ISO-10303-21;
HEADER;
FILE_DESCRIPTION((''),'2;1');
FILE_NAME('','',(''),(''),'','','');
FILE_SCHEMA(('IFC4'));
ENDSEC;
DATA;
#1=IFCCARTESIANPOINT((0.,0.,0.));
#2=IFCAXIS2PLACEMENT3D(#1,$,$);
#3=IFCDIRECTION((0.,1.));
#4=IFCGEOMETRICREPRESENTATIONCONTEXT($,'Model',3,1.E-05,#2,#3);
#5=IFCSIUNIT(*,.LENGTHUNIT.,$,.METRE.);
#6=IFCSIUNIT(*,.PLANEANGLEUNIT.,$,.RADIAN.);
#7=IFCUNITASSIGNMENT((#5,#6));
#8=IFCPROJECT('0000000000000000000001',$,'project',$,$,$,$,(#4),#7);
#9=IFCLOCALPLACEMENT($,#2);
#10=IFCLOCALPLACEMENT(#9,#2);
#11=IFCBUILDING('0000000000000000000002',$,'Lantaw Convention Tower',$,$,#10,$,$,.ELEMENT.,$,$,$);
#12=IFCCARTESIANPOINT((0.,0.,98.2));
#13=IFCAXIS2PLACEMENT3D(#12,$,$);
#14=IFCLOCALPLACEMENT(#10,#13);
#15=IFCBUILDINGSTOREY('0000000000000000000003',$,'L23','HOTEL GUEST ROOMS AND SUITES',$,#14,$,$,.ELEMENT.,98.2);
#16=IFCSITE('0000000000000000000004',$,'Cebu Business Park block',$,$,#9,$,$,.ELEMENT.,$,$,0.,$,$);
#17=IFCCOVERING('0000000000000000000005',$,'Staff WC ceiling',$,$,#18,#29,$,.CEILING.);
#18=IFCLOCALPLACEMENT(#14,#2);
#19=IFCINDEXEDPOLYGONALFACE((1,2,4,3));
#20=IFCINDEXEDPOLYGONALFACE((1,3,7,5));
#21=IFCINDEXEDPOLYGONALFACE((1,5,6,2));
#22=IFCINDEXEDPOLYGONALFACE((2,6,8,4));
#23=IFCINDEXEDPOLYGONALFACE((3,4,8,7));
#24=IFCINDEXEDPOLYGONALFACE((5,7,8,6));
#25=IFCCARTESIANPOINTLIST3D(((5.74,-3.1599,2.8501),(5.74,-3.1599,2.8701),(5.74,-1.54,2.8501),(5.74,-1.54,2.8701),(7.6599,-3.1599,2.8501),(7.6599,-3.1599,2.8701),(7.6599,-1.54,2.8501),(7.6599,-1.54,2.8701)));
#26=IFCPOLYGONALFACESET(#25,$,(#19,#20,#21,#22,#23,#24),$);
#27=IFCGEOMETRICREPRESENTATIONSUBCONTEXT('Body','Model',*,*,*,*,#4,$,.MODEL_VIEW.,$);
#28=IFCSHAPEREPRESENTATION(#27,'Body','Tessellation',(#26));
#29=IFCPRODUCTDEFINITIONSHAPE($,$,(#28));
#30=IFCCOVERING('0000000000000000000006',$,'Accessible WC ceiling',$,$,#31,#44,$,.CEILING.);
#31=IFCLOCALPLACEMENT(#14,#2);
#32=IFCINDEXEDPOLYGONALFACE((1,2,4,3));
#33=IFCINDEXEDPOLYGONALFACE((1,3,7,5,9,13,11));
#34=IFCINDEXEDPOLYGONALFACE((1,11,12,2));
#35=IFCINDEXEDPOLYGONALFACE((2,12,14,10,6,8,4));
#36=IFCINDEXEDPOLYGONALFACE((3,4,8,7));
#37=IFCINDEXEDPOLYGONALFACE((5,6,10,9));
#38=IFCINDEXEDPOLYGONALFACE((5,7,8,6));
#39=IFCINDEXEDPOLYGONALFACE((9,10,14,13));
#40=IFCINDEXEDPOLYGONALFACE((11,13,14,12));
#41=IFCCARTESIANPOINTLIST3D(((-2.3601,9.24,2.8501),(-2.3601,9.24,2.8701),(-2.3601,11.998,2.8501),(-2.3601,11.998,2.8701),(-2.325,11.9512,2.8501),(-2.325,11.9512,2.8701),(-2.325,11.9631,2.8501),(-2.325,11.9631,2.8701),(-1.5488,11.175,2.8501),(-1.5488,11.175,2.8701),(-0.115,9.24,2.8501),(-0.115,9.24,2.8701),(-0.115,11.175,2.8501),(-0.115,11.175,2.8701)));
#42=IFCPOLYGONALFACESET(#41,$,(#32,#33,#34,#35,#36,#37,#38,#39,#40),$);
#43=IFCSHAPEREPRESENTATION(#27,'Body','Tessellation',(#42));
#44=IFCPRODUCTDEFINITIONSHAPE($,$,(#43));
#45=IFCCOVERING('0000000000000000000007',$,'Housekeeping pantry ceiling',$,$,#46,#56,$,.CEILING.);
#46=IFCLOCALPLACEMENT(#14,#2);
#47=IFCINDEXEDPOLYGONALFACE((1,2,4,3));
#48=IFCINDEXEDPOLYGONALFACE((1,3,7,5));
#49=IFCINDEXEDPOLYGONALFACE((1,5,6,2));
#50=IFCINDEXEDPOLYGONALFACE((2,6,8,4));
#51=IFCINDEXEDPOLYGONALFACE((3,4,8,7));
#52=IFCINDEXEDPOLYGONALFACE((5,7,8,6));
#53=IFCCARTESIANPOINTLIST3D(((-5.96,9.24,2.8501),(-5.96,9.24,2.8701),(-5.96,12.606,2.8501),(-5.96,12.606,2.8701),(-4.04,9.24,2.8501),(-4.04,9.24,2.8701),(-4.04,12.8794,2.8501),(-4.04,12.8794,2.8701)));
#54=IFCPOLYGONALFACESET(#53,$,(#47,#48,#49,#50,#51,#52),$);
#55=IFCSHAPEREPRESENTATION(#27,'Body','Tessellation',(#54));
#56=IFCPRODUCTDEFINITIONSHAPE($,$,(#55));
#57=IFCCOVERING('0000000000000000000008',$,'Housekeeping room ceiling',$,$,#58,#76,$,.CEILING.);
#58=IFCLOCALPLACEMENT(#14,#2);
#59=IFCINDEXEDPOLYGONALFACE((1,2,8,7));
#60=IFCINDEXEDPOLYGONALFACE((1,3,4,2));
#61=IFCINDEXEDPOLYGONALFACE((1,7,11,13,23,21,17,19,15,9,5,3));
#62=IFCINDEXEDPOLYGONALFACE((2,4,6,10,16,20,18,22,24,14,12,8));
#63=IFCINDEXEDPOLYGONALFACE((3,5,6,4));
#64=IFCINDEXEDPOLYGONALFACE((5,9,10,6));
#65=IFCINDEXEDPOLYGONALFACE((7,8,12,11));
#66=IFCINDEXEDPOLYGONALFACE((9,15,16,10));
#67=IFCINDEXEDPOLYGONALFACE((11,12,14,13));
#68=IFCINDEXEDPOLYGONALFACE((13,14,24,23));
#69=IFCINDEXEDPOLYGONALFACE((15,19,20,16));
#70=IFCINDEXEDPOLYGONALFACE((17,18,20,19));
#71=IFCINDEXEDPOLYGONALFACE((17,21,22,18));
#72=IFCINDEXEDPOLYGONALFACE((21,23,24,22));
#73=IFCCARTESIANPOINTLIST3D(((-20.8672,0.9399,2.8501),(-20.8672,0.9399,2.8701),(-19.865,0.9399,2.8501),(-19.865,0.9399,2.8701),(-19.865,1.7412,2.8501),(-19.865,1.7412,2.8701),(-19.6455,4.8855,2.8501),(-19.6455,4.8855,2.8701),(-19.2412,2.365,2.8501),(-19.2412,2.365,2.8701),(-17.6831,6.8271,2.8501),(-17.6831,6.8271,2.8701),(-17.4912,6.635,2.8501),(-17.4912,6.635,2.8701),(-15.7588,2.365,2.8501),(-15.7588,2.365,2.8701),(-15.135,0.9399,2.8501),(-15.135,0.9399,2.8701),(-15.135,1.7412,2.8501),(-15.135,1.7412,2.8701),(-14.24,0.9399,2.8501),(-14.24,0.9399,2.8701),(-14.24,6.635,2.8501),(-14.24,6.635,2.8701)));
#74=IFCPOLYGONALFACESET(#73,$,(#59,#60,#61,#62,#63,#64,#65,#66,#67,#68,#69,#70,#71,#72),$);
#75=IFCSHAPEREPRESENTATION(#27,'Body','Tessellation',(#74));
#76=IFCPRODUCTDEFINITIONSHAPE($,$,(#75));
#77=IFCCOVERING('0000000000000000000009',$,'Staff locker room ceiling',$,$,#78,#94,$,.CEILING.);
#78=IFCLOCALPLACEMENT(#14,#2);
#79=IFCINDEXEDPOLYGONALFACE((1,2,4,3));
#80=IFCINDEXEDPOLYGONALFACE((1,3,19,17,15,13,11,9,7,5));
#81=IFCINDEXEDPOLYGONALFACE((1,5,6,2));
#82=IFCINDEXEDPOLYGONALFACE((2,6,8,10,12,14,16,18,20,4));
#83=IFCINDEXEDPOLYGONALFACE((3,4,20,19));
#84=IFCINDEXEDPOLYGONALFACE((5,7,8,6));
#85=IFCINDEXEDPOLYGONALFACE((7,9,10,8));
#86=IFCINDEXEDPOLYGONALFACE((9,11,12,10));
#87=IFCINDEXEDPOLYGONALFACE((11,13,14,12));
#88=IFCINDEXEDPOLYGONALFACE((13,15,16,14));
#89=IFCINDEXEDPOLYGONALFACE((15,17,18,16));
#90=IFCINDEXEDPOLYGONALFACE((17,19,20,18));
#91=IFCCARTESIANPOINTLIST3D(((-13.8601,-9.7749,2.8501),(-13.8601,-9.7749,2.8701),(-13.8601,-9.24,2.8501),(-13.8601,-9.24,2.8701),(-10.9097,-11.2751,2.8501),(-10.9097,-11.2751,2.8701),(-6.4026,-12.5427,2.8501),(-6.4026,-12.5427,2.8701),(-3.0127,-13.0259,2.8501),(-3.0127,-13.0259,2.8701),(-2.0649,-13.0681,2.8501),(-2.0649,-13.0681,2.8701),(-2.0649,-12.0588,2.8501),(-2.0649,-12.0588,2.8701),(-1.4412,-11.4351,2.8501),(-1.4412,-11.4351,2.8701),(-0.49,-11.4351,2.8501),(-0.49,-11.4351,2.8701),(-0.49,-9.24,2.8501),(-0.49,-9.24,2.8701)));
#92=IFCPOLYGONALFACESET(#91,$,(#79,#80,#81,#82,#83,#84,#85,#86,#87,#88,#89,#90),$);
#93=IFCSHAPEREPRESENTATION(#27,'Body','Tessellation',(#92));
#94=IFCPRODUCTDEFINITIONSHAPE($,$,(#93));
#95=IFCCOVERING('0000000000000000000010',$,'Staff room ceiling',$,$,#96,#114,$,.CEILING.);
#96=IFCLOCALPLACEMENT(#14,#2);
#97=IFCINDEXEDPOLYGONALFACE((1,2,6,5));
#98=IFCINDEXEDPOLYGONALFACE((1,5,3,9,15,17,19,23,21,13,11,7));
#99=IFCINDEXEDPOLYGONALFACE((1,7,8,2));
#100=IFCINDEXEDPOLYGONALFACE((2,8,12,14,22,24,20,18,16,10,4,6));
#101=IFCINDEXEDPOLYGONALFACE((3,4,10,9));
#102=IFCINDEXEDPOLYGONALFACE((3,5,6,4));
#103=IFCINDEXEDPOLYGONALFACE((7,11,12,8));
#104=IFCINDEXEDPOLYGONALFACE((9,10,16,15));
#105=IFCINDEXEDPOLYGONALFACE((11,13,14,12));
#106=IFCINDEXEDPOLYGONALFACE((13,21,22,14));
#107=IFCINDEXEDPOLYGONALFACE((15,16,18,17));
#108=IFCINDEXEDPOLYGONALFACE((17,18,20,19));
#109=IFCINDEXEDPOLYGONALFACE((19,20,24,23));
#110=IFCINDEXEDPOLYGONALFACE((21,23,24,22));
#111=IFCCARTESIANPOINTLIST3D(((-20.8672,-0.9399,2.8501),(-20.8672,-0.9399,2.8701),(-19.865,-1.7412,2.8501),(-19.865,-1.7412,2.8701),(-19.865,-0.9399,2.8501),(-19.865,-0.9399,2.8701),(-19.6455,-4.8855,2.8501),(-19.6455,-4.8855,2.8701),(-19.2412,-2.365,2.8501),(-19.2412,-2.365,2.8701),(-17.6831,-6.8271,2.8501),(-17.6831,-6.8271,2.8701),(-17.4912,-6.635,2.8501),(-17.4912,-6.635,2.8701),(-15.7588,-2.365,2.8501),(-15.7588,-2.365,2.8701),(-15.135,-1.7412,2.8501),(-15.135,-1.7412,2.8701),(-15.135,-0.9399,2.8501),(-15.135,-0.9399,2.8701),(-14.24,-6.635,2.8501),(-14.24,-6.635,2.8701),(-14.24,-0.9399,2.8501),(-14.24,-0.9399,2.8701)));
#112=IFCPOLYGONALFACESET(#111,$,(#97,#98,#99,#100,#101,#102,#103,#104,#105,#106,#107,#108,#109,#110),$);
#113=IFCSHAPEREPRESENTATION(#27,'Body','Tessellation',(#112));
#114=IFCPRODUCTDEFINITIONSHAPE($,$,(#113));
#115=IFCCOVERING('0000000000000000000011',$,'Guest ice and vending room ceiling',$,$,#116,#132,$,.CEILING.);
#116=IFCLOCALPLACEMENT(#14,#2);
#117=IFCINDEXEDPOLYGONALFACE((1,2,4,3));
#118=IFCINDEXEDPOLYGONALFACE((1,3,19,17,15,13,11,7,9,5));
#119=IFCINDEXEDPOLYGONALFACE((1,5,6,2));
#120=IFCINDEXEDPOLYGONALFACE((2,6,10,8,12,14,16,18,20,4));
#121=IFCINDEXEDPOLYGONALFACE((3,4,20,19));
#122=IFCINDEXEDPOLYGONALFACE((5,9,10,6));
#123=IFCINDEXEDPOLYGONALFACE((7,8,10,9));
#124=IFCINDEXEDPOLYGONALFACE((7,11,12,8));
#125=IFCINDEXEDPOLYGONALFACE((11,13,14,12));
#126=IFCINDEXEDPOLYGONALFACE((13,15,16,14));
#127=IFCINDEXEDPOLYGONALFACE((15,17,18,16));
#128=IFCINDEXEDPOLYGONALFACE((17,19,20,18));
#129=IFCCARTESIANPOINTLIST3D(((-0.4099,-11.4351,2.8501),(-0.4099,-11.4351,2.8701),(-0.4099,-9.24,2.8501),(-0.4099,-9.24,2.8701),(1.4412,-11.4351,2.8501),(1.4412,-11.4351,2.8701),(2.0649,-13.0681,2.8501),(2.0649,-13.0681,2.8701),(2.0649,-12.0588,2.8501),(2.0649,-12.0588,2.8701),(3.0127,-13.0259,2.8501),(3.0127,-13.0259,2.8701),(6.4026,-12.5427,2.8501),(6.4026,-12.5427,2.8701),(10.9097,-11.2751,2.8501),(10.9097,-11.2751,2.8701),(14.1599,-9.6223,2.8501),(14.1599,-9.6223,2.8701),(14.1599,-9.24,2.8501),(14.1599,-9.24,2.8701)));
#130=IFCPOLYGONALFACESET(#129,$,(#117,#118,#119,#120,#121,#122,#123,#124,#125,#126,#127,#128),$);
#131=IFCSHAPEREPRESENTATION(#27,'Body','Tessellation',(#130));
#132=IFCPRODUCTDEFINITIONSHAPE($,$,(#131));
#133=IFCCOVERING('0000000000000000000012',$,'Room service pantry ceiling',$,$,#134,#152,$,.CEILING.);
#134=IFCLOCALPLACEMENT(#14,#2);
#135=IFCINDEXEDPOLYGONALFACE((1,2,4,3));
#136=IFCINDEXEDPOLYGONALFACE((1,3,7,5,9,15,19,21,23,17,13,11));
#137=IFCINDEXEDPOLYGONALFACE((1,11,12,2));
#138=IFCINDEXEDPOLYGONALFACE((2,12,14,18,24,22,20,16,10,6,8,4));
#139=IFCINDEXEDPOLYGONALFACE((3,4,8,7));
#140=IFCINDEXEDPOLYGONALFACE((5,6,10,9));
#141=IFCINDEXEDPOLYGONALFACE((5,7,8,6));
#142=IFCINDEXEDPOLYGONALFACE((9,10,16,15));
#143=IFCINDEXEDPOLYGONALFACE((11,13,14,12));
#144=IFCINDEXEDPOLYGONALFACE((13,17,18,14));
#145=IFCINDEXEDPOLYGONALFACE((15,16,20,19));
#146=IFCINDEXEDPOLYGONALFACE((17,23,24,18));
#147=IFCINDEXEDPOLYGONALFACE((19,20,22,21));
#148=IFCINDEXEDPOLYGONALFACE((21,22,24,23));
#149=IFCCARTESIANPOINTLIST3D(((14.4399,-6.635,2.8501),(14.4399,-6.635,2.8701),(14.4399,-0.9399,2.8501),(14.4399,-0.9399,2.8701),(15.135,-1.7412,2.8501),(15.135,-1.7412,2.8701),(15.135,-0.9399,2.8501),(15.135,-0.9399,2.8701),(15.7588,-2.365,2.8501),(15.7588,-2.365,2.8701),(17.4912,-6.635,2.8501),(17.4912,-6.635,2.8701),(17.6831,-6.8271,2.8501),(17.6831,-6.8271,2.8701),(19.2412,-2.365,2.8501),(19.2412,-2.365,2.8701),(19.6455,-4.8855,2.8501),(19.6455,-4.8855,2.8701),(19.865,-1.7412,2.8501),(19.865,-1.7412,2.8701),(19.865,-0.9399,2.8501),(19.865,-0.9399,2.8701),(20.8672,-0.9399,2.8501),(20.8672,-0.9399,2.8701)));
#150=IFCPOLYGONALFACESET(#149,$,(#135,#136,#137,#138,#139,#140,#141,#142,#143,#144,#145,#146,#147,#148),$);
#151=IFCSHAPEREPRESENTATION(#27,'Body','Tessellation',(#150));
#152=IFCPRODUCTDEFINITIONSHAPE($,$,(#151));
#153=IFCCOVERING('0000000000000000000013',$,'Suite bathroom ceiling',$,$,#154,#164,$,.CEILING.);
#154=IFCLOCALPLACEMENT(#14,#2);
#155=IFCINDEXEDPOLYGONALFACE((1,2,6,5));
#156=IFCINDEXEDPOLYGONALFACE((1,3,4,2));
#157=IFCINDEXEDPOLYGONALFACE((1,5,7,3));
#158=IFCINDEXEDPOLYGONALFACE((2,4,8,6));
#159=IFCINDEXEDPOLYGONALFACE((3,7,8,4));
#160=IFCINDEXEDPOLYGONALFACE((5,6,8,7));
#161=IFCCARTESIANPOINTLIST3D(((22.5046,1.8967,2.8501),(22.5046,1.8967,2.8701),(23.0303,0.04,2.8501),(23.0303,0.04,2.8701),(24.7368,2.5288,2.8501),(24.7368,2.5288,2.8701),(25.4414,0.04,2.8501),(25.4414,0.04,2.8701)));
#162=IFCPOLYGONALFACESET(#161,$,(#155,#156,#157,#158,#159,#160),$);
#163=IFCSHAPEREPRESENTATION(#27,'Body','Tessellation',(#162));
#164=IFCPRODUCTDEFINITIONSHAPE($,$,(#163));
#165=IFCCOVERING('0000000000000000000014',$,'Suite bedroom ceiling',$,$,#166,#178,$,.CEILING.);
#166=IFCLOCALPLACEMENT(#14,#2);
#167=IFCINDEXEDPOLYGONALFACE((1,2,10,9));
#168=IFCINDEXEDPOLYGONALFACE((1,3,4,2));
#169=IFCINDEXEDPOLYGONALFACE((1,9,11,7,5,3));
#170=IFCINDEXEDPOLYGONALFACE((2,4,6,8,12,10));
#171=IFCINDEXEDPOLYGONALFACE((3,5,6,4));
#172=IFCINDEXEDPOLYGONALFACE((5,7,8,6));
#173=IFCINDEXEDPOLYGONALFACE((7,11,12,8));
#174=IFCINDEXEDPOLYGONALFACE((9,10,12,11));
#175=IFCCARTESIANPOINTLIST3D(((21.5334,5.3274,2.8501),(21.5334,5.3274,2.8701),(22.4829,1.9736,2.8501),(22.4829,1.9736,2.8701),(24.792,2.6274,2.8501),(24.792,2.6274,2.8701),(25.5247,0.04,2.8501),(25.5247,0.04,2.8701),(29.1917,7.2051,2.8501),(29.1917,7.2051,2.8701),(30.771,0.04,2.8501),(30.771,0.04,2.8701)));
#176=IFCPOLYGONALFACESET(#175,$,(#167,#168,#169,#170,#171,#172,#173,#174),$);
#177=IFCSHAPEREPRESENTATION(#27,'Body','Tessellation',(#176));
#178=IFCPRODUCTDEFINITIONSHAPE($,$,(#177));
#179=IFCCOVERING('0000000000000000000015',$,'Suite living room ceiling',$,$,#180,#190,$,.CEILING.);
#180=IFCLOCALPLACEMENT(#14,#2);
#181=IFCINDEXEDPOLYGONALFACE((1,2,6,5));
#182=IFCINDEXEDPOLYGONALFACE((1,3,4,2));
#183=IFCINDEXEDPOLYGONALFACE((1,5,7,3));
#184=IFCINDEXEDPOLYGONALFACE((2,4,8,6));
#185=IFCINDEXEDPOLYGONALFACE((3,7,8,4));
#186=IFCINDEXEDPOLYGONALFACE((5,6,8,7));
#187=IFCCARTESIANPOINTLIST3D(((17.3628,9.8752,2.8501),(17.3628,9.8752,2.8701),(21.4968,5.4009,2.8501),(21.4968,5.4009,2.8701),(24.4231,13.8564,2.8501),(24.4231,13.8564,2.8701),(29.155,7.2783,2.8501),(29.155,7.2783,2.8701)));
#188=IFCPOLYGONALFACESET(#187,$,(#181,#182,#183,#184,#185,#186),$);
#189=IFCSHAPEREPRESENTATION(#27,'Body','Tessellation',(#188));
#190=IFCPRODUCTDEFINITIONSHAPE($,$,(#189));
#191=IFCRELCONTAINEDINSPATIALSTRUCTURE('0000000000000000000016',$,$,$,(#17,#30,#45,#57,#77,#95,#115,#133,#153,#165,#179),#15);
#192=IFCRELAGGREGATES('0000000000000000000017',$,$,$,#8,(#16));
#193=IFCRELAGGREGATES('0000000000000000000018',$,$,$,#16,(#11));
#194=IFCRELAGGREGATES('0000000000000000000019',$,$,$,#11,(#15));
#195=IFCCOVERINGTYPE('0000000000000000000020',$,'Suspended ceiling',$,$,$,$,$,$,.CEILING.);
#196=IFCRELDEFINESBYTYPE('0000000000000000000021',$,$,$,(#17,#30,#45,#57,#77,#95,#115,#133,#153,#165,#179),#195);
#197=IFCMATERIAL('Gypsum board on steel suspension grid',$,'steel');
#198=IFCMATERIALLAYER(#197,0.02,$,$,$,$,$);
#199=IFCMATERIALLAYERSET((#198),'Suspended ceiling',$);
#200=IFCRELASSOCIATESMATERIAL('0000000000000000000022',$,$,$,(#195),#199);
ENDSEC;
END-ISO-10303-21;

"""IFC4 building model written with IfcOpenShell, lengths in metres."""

from ifc_helpers import new_model, si_unit, direction, frame, origin, place, context, subcontext, project, spatial, polyline, outline, extrude, material, layer, layer_set, type_object, element, save


model = new_model("IFC4")

# Units and contexts
model_context = context("Model", 3, precision=1e-05, world=origin(), true_north=direction((0.0, 1.0)))
body_context = subcontext(model_context, "Body", "Model", "MODEL_VIEW")
ifc_project = project(units=[si_unit("LENGTHUNIT", "METRE"), si_unit("PLANEANGLEUNIT", "RADIAN")], contexts=[model_context])

# Site, building, storey
site_placement = place(None, origin())
site = spatial("IfcSite", under=ifc_project, at=site_placement, Name="Cebu Business Park block", CompositionType="ELEMENT", RefElevation=0.0)
building_placement = place(site_placement, origin())
building = spatial("IfcBuilding", under=site, at=building_placement, Name="Lantaw Convention Tower", CompositionType="ELEMENT")
storey_placement = place(building_placement, frame((0.0, 0.0, 98.2)))
storey = spatial("IfcBuildingStorey", under=building, at=storey_placement, Name="L23", Description="HOTEL GUEST ROOMS AND SUITES", CompositionType="ELEMENT", Elevation=98.2)

# Coverings
ifc_material_1 = material(Name="Gypsum board on steel suspension grid", Category="steel")
ifc_layer_1 = layer(ifc_material_1, 0.02)
ifc_layer_set_1 = layer_set([ifc_layer_1], Name="Suspended ceiling")
covering_type = type_object("IfcCoveringType", Name="Suspended ceiling", PredefinedType="CEILING", material=ifc_layer_set_1)
covering_1_placement = place(storey_placement, frame((0.0, 0.0, 2.8501)))
element("IfcCovering", 1, at=covering_1_placement, inside=storey, type_object=covering_type, Name="Staff WC ceiling", PredefinedType="CEILING", context=body_context, shape_type="SweptSolid", body=[
    extrude(outline(polyline([(5.74, -3.1599), (7.6599, -3.1599), (7.6599, -1.54), (5.74, -1.54), (5.74, -3.1599)])), origin(), (0.0, 0.0, 1.0), 0.02),
])
covering_2_placement = place(storey_placement, frame((0.0, 0.0, 2.8501)))
element("IfcCovering", 2, at=covering_2_placement, inside=storey, type_object=covering_type, Name="Accessible WC ceiling", PredefinedType="CEILING", context=body_context, shape_type="SweptSolid", body=[
    extrude(outline(polyline([(-2.3601, 9.24), (-0.115, 9.24), (-0.115, 11.175), (-1.5488, 11.175), (-2.325, 11.9512), (-2.325, 11.9631), (-2.3601, 11.998), (-2.3601, 9.24)])), origin(), (0.0, 0.0, 1.0), 0.02),
])
covering_3_placement = place(storey_placement, frame((0.0, 0.0, 2.8501)))
element("IfcCovering", 3, at=covering_3_placement, inside=storey, type_object=covering_type, Name="Housekeeping pantry ceiling", PredefinedType="CEILING", context=body_context, shape_type="SweptSolid", body=[
    extrude(outline(polyline([(-4.04, 12.8794), (-5.96, 12.606), (-5.96, 9.24), (-4.04, 9.24), (-4.04, 12.8794)])), origin(), (0.0, 0.0, 1.0), 0.02),
])
covering_4_placement = place(storey_placement, frame((0.0, 0.0, 2.8501)))
element("IfcCovering", 4, at=covering_4_placement, inside=storey, type_object=covering_type, Name="Housekeeping room ceiling", PredefinedType="CEILING", context=body_context, shape_type="SweptSolid", body=[
    extrude(outline(polyline([(-20.8672, 0.9399), (-19.865, 0.9399), (-19.865, 1.7412), (-19.2412, 2.365), (-15.7588, 2.365), (-15.135, 1.7412), (-15.135, 0.9399), (-14.24, 0.9399), (-14.24, 6.635), (-17.4912, 6.635), (-17.6831, 6.8271), (-19.6455, 4.8855), (-20.8672, 0.9399)])), origin(), (0.0, 0.0, 1.0), 0.02),
])
covering_5_placement = place(storey_placement, frame((0.0, 0.0, 2.8501)))
element("IfcCovering", 5, at=covering_5_placement, inside=storey, type_object=covering_type, Name="Staff locker room ceiling", PredefinedType="CEILING", context=body_context, shape_type="SweptSolid", body=[
    extrude(outline(polyline([(-10.9097, -11.2751), (-6.4026, -12.5427), (-3.0127, -13.0259), (-2.0649, -13.0681), (-2.0649, -12.0588), (-1.4412, -11.4351), (-0.49, -11.4351), (-0.49, -9.24), (-13.8601, -9.24), (-13.8601, -9.7749), (-10.9097, -11.2751)])), origin(), (0.0, 0.0, 1.0), 0.02),
])
covering_6_placement = place(storey_placement, frame((0.0, 0.0, 2.8501)))
element("IfcCovering", 6, at=covering_6_placement, inside=storey, type_object=covering_type, Name="Staff room ceiling", PredefinedType="CEILING", context=body_context, shape_type="SweptSolid", body=[
    extrude(outline(polyline([(-20.8672, -0.9399), (-19.6455, -4.8855), (-17.6831, -6.8271), (-17.4912, -6.635), (-14.24, -6.635), (-14.24, -0.9399), (-15.135, -0.9399), (-15.135, -1.7412), (-15.7588, -2.365), (-19.2412, -2.365), (-19.865, -1.7412), (-19.865, -0.9399), (-20.8672, -0.9399)])), origin(), (0.0, 0.0, 1.0), 0.02),
])
covering_7_placement = place(storey_placement, frame((0.0, 0.0, 2.8501)))
element("IfcCovering", 7, at=covering_7_placement, inside=storey, type_object=covering_type, Name="Guest ice and vending room ceiling", PredefinedType="CEILING", context=body_context, shape_type="SweptSolid", body=[
    extrude(outline(polyline([(2.0649, -13.0681), (3.0127, -13.0259), (6.4026, -12.5427), (10.9097, -11.2751), (14.1599, -9.6223), (14.1599, -9.24), (-0.4099, -9.24), (-0.4099, -11.4351), (1.4412, -11.4351), (2.0649, -12.0588), (2.0649, -13.0681)])), origin(), (0.0, 0.0, 1.0), 0.02),
])
covering_8_placement = place(storey_placement, frame((0.0, 0.0, 2.8501)))
element("IfcCovering", 8, at=covering_8_placement, inside=storey, type_object=covering_type, Name="Room service pantry ceiling", PredefinedType="CEILING", context=body_context, shape_type="SweptSolid", body=[
    extrude(outline(polyline([(19.6455, -4.8855), (20.8672, -0.9399), (19.865, -0.9399), (19.865, -1.7412), (19.2412, -2.365), (15.7588, -2.365), (15.135, -1.7412), (15.135, -0.9399), (14.4399, -0.9399), (14.4399, -6.635), (17.4912, -6.635), (17.6831, -6.8271), (19.6455, -4.8855)])), origin(), (0.0, 0.0, 1.0), 0.02),
])
covering_9_placement = place(storey_placement, frame((0.0, 0.0, 2.8501)))
element("IfcCovering", 9, at=covering_9_placement, inside=storey, type_object=covering_type, Name="Suite bathroom ceiling", PredefinedType="CEILING", context=body_context, shape_type="SweptSolid", body=[
    extrude(outline(polyline([(23.0303, 0.04), (25.4414, 0.04), (24.7368, 2.5288), (22.5046, 1.8967), (23.0303, 0.04)])), origin(), (0.0, 0.0, 1.0), 0.02),
])
covering_10_placement = place(storey_placement, frame((0.0, 0.0, 2.8501)))
element("IfcCovering", 10, at=covering_10_placement, inside=storey, type_object=covering_type, Name="Suite bedroom ceiling", PredefinedType="CEILING", context=body_context, shape_type="SweptSolid", body=[
    extrude(outline(polyline([(21.5334, 5.3274), (22.4829, 1.9736), (24.792, 2.6274), (25.5247, 0.04), (30.771, 0.04), (29.1917, 7.2051), (21.5334, 5.3274)])), origin(), (0.0, 0.0, 1.0), 0.02),
])
covering_11_placement = place(storey_placement, frame((0.0, 0.0, 2.8501)))
element("IfcCovering", 11, at=covering_11_placement, inside=storey, type_object=covering_type, Name="Suite living room ceiling", PredefinedType="CEILING", context=body_context, shape_type="SweptSolid", body=[
    extrude(outline(polyline([(21.4968, 5.4009), (29.155, 7.2783), (24.4231, 13.8564), (17.3628, 9.8752), (21.4968, 5.4009)])), origin(), (0.0, 0.0, 1.0), 0.02),
])

save(model, "model.ifc")
